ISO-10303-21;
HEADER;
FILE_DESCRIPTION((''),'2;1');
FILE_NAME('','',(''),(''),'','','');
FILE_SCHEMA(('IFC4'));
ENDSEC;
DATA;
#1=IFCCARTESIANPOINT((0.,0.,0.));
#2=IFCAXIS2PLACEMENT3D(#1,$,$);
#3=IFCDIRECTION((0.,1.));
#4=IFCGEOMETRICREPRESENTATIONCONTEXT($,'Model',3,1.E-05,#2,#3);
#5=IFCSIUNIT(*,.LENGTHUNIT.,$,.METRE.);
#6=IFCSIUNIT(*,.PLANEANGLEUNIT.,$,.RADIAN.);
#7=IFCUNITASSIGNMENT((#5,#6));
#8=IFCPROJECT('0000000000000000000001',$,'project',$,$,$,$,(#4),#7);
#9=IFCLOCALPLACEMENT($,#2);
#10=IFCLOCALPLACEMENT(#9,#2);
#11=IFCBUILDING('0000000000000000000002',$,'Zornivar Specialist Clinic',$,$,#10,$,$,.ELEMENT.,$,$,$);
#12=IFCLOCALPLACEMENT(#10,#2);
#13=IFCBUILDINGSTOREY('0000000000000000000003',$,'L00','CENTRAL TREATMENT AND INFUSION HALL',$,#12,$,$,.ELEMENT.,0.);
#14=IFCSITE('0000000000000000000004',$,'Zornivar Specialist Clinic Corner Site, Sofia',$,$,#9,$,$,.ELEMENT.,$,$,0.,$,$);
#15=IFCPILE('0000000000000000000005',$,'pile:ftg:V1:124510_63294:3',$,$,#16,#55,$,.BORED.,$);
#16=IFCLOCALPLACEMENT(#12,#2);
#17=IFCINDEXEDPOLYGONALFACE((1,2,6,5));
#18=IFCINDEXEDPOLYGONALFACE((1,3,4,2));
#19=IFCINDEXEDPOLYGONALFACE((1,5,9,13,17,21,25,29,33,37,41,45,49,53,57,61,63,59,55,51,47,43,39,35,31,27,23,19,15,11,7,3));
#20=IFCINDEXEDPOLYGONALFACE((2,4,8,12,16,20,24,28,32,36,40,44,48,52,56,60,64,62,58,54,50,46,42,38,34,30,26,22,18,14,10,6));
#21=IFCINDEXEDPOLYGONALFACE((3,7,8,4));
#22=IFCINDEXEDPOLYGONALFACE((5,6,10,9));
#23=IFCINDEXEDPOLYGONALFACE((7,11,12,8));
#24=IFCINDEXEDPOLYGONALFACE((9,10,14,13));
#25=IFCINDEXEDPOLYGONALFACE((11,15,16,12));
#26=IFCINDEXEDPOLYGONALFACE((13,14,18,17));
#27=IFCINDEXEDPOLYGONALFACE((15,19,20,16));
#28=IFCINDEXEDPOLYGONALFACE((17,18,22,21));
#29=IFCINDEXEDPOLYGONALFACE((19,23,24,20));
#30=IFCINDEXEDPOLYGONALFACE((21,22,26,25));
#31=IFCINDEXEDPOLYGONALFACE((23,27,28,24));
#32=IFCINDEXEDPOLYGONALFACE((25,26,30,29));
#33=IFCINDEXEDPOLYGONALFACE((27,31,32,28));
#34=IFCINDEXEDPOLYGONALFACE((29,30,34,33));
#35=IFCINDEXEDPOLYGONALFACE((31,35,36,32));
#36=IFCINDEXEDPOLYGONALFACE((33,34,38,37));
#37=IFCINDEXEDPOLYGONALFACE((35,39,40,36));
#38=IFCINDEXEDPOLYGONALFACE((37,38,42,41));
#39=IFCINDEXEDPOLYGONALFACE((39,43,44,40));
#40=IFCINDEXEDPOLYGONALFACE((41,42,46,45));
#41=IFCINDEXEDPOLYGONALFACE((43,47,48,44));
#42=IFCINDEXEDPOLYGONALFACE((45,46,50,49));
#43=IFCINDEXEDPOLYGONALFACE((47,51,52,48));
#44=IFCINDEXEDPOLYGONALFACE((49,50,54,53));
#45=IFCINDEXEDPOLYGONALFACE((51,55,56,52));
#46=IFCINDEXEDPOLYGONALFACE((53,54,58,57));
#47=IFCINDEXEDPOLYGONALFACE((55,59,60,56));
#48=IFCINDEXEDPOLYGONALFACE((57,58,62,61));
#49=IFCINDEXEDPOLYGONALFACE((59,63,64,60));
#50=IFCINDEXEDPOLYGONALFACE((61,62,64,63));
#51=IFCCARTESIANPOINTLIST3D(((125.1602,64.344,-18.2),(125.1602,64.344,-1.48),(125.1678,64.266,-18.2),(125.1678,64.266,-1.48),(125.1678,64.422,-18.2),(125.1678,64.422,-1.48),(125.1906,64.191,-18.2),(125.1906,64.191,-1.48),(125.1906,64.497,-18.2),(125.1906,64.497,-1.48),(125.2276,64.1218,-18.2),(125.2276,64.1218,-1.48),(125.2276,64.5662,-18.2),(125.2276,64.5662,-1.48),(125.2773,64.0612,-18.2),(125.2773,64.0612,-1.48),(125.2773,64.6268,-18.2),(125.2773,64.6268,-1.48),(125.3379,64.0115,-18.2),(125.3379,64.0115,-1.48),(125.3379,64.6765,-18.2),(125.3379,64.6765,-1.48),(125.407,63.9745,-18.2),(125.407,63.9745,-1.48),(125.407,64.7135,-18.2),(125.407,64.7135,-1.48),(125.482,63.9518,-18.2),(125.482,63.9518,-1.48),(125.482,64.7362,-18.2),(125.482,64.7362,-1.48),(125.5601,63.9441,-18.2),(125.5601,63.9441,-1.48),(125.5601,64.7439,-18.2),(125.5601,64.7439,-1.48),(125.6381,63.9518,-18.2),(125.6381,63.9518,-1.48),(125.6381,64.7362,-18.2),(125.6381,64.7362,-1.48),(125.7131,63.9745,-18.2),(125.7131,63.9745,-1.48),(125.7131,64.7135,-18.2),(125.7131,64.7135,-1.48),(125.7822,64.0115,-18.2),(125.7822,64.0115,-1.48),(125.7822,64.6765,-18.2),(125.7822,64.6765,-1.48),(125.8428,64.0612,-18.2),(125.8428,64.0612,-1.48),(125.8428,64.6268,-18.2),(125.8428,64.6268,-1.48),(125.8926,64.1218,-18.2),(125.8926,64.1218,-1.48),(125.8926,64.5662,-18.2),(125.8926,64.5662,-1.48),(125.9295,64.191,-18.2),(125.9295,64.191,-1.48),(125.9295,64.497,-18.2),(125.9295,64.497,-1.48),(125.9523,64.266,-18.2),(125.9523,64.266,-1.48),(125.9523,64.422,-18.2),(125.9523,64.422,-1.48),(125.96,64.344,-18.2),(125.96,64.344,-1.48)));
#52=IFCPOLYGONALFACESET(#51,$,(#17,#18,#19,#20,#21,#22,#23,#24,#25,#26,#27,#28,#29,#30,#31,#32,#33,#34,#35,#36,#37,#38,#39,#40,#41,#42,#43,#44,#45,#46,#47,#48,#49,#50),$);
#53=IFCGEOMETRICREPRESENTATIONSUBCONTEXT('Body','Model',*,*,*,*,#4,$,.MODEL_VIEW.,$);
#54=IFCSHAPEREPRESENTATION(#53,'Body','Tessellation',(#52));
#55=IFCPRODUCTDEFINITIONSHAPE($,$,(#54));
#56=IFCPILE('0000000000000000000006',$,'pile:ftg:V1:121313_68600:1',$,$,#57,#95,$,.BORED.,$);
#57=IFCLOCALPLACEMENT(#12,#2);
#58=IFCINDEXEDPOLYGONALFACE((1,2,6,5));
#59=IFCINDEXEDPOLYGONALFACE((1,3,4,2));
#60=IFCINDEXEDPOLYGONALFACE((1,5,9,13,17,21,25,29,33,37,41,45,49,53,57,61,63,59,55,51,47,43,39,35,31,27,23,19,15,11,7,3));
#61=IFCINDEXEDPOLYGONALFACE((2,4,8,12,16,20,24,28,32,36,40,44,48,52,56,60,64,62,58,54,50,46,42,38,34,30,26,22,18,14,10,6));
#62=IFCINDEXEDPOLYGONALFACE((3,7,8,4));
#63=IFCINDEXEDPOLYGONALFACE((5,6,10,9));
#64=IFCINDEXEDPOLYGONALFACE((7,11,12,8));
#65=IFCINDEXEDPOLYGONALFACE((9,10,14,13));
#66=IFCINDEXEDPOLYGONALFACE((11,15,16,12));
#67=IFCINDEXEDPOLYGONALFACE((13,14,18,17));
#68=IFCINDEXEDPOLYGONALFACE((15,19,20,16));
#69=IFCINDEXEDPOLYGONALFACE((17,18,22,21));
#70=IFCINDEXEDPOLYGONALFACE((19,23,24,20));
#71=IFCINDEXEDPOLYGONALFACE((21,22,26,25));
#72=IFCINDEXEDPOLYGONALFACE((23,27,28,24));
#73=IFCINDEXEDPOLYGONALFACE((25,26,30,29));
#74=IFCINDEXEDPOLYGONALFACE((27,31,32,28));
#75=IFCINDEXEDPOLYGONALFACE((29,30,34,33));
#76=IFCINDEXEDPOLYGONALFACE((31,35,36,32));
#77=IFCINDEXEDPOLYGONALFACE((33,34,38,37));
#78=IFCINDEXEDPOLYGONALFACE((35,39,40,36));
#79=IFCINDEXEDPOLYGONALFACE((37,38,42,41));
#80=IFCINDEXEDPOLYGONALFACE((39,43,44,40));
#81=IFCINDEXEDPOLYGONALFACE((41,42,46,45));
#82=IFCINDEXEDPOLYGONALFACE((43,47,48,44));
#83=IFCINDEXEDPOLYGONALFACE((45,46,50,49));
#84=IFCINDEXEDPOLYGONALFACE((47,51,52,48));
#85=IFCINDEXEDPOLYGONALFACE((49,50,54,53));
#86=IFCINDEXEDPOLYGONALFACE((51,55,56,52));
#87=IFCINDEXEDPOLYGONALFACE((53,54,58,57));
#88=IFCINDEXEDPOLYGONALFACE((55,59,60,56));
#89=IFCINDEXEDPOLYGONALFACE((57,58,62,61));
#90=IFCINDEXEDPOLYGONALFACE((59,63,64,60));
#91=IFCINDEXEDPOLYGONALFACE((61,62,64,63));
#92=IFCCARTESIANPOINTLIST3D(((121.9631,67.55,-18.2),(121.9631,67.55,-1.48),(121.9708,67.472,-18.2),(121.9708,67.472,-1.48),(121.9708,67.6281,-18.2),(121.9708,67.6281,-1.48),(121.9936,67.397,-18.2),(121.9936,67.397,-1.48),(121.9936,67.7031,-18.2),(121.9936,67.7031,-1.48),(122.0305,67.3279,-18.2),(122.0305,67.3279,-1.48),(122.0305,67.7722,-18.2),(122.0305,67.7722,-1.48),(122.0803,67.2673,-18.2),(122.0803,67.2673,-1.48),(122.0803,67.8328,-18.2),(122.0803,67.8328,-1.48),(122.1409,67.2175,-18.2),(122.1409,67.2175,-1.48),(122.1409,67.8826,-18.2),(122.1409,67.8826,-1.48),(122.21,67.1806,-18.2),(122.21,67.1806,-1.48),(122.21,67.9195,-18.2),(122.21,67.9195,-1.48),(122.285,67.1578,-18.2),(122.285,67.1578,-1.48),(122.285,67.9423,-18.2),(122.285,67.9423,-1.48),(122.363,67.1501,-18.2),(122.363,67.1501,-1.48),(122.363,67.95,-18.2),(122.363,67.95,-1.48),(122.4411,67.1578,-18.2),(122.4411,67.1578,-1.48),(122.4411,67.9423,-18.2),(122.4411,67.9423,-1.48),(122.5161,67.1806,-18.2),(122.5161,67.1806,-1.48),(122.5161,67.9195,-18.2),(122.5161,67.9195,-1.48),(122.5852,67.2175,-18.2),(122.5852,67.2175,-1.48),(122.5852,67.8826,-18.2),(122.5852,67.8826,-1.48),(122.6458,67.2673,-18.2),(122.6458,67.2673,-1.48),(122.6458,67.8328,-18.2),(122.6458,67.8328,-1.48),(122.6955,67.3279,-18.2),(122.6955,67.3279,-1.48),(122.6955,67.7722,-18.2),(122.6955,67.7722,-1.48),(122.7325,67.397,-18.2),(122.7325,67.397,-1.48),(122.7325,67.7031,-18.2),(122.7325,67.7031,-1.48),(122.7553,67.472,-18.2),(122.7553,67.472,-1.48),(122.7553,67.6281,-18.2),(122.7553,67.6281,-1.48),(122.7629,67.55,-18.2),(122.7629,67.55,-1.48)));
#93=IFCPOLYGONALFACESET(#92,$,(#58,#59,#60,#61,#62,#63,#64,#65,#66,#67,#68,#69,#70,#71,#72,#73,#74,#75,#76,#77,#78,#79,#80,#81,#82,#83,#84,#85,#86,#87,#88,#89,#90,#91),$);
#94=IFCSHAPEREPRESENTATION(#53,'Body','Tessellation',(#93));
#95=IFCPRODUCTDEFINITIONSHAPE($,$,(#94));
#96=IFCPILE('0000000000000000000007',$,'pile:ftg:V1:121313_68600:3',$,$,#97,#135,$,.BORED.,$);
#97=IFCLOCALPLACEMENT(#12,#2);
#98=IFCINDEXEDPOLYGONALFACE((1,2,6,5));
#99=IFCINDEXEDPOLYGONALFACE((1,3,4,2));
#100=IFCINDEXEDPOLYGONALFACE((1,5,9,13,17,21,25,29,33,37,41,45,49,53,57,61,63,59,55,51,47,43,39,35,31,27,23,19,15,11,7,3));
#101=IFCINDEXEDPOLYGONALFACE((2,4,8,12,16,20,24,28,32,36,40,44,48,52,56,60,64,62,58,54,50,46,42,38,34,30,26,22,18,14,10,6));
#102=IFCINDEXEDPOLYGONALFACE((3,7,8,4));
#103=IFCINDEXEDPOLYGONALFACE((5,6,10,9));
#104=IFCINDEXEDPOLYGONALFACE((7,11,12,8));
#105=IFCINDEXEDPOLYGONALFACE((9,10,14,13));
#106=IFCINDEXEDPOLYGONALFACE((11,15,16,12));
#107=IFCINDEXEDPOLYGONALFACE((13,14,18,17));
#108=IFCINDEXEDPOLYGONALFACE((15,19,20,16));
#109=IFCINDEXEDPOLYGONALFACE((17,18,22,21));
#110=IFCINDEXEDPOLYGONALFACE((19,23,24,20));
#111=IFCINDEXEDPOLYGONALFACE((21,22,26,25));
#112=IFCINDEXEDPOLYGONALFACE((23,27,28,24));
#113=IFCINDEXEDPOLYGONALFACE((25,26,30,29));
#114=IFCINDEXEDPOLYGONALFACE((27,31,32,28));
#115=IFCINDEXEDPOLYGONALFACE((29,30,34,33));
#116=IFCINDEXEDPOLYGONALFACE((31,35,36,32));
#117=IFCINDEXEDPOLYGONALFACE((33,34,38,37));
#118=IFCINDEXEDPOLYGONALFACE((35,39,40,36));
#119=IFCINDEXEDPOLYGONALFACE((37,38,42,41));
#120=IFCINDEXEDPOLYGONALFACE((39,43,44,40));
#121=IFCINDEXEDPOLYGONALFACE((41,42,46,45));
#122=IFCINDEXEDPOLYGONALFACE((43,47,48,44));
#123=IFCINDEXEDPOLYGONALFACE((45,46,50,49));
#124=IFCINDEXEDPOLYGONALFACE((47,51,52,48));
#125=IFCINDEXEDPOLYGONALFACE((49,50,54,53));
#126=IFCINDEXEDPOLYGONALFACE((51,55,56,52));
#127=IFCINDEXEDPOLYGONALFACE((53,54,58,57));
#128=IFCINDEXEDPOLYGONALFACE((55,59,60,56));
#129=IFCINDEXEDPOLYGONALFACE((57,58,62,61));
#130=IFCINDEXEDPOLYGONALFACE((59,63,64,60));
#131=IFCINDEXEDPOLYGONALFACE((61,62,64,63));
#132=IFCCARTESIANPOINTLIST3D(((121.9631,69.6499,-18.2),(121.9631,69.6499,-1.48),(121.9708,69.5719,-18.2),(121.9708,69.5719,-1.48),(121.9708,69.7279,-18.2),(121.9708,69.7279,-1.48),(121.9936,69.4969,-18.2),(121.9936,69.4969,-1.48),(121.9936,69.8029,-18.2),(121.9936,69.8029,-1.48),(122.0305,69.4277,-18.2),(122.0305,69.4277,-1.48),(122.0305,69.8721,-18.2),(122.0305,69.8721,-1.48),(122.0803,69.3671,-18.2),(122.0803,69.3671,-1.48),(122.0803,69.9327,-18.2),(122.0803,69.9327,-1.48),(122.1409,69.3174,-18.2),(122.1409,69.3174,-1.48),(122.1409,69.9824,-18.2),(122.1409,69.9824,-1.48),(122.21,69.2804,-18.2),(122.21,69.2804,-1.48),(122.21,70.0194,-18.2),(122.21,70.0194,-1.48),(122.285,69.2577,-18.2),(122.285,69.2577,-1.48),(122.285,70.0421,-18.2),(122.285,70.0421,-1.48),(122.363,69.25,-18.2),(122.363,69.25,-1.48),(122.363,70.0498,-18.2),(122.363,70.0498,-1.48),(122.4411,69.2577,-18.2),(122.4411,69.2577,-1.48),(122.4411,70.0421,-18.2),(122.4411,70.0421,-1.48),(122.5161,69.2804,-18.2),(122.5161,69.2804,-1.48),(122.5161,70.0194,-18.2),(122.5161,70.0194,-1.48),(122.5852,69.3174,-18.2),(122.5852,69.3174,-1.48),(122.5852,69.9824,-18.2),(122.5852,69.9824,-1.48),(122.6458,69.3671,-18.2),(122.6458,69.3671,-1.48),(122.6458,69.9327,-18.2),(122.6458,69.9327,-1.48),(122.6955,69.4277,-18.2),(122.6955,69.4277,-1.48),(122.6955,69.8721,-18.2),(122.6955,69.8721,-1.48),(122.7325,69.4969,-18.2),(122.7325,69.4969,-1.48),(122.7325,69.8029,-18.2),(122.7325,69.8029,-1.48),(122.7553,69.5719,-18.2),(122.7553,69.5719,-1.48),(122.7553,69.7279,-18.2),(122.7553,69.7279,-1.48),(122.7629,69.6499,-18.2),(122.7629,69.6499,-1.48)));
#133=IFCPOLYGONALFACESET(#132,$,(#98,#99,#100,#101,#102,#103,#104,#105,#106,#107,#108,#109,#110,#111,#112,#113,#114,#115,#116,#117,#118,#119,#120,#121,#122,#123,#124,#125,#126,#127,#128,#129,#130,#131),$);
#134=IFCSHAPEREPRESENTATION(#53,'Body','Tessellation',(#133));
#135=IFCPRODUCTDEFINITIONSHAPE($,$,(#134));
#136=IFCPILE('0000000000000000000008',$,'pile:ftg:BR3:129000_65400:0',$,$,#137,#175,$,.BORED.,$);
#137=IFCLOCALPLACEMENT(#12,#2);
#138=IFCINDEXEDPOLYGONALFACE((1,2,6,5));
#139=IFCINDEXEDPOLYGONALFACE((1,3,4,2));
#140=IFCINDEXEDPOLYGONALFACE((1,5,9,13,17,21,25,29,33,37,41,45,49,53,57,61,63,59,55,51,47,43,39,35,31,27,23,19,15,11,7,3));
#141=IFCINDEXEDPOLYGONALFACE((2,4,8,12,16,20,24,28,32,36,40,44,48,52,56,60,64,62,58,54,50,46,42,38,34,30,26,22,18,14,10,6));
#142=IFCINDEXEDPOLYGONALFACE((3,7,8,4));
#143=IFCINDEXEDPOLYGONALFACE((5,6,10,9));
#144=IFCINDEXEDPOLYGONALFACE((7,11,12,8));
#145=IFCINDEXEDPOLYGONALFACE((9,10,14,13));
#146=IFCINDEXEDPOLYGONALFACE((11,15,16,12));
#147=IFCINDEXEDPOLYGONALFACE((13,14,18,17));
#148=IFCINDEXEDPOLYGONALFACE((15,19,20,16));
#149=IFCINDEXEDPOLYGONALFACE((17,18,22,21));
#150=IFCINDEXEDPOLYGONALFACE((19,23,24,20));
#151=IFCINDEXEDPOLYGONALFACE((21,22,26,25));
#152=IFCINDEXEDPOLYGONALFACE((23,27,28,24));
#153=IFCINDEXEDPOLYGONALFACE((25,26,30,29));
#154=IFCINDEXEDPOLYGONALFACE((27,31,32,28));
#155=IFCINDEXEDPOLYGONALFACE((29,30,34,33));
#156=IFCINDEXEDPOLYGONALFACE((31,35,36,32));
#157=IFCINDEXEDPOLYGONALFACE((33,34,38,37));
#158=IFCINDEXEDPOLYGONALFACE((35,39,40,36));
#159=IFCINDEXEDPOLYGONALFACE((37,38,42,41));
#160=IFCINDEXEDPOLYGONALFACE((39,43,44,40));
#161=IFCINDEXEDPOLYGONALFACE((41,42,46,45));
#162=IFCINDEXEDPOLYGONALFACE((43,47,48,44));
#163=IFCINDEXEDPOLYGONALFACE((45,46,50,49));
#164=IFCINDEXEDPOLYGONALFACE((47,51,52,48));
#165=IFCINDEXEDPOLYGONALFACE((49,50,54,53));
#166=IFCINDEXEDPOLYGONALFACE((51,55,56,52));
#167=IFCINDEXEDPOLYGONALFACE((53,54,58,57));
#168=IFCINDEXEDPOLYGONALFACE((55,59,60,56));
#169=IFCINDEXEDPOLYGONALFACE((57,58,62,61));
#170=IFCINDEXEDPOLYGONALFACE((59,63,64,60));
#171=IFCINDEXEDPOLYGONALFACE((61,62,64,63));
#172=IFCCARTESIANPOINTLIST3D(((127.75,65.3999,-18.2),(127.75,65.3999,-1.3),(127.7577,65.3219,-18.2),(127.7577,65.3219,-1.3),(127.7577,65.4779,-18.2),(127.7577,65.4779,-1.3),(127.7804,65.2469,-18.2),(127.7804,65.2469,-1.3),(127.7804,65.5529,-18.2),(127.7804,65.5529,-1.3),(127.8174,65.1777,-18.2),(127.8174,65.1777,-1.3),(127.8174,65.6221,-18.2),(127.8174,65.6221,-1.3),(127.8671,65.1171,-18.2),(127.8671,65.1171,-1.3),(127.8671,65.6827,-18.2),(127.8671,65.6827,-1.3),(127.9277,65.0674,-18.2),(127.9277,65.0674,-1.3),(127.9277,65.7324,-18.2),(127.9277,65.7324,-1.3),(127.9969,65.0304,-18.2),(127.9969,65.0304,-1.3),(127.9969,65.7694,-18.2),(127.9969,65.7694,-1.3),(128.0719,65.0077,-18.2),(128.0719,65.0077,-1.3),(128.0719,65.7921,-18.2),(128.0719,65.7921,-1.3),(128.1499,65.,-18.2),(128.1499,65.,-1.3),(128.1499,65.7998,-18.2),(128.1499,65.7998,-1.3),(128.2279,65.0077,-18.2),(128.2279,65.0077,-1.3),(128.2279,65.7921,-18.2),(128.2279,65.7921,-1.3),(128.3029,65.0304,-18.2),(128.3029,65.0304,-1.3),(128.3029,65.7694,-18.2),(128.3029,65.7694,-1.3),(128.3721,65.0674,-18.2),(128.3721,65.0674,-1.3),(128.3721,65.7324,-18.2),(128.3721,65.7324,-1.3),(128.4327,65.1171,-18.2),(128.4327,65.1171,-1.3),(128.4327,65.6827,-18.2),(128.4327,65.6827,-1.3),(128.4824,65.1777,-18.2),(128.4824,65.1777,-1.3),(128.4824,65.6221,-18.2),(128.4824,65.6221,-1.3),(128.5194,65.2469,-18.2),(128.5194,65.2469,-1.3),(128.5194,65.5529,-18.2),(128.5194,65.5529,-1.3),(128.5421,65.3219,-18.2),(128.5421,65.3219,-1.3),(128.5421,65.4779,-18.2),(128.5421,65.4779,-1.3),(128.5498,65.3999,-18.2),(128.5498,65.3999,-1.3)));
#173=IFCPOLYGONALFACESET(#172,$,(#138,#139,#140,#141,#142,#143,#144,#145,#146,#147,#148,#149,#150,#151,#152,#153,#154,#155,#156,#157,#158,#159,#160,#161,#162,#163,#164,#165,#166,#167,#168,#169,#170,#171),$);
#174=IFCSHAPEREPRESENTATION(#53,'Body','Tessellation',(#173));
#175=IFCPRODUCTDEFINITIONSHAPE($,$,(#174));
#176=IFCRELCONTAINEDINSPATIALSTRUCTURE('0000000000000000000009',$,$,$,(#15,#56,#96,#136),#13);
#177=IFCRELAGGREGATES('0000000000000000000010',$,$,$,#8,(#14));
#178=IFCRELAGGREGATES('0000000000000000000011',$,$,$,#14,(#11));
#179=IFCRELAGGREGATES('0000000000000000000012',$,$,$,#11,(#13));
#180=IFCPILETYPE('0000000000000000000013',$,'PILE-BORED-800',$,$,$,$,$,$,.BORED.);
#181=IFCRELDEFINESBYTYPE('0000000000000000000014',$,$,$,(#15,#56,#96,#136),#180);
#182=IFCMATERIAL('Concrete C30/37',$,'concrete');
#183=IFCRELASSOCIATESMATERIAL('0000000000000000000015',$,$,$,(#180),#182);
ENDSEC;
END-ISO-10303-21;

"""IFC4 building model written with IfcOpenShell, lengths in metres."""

from ifc_helpers import new_model, si_unit, direction, frame, origin, origin_2d, place, context, subcontext, project, spatial, circle, extrude, material, material_profile, profile_set, type_object, element, save


model = new_model("IFC4")

# Units and contexts
model_context = context("Model", 3, precision=1e-05, world=origin(), true_north=direction((0.0, 1.0)))
body_context = subcontext(model_context, "Body", "Model", "MODEL_VIEW")
ifc_project = project(units=[si_unit("LENGTHUNIT", "METRE"), si_unit("PLANEANGLEUNIT", "RADIAN")], contexts=[model_context])

# Site, building, storey
site_placement = place(None, origin())
site = spatial("IfcSite", under=ifc_project, at=site_placement, Name="Zornivar Specialist Clinic Corner Site, Sofia", CompositionType="ELEMENT", RefElevation=0.0)
building_placement = place(site_placement, origin())
building = spatial("IfcBuilding", under=site, at=building_placement, Name="Zornivar Specialist Clinic", CompositionType="ELEMENT")
storey_placement = place(building_placement, origin())
storey = spatial("IfcBuildingStorey", under=building, at=storey_placement, Name="L00", Description="CENTRAL TREATMENT AND INFUSION HALL", CompositionType="ELEMENT", Elevation=0.0)

# Piles
ifc_material_1 = material(Name="Concrete C30/37", Category="concrete")
ifc_material_profile_1 = material_profile(ifc_material_1, circle(Radius=0.3999, at=origin_2d()), Name="PILE D800")
ifc_profile_set_1 = profile_set([ifc_material_profile_1], Name="Concrete C30/37")
pile_type = type_object("IfcPileType", Name="PILE-BORED-800", PredefinedType="BORED", material=ifc_profile_set_1)
for number, where, z_axis, x_axis, name in (
    (1, (125.5601, 64.344, -1.48), (0.0, 0.0, -1.0), (1.0, 0.0, 0.0), "pile:ftg:V1:124510_63294:3"),
    (2, (122.363, 67.55, -1.48), (0.0, 0.0, -1.0), (1.0, 0.0, 0.0), "pile:ftg:V1:121313_68600:1"),
    (3, (122.363, 69.6499, -1.48), (0.0, 0.0, -1.0), (1.0, 0.0, 0.0), "pile:ftg:V1:121313_68600:3"),
):
    element("IfcPile", number, at=place(storey_placement, frame(where, z_axis=z_axis, x_axis=x_axis)), inside=storey, type_object=pile_type, Name=name, PredefinedType="BORED", context=body_context, shape_type="SweptSolid", body=[
        extrude(circle(Radius=0.3999, at=origin_2d()), origin(), (0.0, 0.0, 1.0), 16.72),
    ])
for number, where, z_axis, x_axis, name in (
    (4, (128.1499, 65.3999, -1.3), (0.0, 0.0, -1.0), (1.0, 0.0, 0.0), "pile:ftg:BR3:129000_65400:0"),
):
    element("IfcPile", number, at=place(storey_placement, frame(where, z_axis=z_axis, x_axis=x_axis)), inside=storey, type_object=pile_type, Name=name, PredefinedType="BORED", context=body_context, shape_type="SweptSolid", body=[
        extrude(circle(Radius=0.3999, at=origin_2d()), origin(), (0.0, 0.0, 1.0), 16.8999),
    ])

save(model, "model.ifc")
